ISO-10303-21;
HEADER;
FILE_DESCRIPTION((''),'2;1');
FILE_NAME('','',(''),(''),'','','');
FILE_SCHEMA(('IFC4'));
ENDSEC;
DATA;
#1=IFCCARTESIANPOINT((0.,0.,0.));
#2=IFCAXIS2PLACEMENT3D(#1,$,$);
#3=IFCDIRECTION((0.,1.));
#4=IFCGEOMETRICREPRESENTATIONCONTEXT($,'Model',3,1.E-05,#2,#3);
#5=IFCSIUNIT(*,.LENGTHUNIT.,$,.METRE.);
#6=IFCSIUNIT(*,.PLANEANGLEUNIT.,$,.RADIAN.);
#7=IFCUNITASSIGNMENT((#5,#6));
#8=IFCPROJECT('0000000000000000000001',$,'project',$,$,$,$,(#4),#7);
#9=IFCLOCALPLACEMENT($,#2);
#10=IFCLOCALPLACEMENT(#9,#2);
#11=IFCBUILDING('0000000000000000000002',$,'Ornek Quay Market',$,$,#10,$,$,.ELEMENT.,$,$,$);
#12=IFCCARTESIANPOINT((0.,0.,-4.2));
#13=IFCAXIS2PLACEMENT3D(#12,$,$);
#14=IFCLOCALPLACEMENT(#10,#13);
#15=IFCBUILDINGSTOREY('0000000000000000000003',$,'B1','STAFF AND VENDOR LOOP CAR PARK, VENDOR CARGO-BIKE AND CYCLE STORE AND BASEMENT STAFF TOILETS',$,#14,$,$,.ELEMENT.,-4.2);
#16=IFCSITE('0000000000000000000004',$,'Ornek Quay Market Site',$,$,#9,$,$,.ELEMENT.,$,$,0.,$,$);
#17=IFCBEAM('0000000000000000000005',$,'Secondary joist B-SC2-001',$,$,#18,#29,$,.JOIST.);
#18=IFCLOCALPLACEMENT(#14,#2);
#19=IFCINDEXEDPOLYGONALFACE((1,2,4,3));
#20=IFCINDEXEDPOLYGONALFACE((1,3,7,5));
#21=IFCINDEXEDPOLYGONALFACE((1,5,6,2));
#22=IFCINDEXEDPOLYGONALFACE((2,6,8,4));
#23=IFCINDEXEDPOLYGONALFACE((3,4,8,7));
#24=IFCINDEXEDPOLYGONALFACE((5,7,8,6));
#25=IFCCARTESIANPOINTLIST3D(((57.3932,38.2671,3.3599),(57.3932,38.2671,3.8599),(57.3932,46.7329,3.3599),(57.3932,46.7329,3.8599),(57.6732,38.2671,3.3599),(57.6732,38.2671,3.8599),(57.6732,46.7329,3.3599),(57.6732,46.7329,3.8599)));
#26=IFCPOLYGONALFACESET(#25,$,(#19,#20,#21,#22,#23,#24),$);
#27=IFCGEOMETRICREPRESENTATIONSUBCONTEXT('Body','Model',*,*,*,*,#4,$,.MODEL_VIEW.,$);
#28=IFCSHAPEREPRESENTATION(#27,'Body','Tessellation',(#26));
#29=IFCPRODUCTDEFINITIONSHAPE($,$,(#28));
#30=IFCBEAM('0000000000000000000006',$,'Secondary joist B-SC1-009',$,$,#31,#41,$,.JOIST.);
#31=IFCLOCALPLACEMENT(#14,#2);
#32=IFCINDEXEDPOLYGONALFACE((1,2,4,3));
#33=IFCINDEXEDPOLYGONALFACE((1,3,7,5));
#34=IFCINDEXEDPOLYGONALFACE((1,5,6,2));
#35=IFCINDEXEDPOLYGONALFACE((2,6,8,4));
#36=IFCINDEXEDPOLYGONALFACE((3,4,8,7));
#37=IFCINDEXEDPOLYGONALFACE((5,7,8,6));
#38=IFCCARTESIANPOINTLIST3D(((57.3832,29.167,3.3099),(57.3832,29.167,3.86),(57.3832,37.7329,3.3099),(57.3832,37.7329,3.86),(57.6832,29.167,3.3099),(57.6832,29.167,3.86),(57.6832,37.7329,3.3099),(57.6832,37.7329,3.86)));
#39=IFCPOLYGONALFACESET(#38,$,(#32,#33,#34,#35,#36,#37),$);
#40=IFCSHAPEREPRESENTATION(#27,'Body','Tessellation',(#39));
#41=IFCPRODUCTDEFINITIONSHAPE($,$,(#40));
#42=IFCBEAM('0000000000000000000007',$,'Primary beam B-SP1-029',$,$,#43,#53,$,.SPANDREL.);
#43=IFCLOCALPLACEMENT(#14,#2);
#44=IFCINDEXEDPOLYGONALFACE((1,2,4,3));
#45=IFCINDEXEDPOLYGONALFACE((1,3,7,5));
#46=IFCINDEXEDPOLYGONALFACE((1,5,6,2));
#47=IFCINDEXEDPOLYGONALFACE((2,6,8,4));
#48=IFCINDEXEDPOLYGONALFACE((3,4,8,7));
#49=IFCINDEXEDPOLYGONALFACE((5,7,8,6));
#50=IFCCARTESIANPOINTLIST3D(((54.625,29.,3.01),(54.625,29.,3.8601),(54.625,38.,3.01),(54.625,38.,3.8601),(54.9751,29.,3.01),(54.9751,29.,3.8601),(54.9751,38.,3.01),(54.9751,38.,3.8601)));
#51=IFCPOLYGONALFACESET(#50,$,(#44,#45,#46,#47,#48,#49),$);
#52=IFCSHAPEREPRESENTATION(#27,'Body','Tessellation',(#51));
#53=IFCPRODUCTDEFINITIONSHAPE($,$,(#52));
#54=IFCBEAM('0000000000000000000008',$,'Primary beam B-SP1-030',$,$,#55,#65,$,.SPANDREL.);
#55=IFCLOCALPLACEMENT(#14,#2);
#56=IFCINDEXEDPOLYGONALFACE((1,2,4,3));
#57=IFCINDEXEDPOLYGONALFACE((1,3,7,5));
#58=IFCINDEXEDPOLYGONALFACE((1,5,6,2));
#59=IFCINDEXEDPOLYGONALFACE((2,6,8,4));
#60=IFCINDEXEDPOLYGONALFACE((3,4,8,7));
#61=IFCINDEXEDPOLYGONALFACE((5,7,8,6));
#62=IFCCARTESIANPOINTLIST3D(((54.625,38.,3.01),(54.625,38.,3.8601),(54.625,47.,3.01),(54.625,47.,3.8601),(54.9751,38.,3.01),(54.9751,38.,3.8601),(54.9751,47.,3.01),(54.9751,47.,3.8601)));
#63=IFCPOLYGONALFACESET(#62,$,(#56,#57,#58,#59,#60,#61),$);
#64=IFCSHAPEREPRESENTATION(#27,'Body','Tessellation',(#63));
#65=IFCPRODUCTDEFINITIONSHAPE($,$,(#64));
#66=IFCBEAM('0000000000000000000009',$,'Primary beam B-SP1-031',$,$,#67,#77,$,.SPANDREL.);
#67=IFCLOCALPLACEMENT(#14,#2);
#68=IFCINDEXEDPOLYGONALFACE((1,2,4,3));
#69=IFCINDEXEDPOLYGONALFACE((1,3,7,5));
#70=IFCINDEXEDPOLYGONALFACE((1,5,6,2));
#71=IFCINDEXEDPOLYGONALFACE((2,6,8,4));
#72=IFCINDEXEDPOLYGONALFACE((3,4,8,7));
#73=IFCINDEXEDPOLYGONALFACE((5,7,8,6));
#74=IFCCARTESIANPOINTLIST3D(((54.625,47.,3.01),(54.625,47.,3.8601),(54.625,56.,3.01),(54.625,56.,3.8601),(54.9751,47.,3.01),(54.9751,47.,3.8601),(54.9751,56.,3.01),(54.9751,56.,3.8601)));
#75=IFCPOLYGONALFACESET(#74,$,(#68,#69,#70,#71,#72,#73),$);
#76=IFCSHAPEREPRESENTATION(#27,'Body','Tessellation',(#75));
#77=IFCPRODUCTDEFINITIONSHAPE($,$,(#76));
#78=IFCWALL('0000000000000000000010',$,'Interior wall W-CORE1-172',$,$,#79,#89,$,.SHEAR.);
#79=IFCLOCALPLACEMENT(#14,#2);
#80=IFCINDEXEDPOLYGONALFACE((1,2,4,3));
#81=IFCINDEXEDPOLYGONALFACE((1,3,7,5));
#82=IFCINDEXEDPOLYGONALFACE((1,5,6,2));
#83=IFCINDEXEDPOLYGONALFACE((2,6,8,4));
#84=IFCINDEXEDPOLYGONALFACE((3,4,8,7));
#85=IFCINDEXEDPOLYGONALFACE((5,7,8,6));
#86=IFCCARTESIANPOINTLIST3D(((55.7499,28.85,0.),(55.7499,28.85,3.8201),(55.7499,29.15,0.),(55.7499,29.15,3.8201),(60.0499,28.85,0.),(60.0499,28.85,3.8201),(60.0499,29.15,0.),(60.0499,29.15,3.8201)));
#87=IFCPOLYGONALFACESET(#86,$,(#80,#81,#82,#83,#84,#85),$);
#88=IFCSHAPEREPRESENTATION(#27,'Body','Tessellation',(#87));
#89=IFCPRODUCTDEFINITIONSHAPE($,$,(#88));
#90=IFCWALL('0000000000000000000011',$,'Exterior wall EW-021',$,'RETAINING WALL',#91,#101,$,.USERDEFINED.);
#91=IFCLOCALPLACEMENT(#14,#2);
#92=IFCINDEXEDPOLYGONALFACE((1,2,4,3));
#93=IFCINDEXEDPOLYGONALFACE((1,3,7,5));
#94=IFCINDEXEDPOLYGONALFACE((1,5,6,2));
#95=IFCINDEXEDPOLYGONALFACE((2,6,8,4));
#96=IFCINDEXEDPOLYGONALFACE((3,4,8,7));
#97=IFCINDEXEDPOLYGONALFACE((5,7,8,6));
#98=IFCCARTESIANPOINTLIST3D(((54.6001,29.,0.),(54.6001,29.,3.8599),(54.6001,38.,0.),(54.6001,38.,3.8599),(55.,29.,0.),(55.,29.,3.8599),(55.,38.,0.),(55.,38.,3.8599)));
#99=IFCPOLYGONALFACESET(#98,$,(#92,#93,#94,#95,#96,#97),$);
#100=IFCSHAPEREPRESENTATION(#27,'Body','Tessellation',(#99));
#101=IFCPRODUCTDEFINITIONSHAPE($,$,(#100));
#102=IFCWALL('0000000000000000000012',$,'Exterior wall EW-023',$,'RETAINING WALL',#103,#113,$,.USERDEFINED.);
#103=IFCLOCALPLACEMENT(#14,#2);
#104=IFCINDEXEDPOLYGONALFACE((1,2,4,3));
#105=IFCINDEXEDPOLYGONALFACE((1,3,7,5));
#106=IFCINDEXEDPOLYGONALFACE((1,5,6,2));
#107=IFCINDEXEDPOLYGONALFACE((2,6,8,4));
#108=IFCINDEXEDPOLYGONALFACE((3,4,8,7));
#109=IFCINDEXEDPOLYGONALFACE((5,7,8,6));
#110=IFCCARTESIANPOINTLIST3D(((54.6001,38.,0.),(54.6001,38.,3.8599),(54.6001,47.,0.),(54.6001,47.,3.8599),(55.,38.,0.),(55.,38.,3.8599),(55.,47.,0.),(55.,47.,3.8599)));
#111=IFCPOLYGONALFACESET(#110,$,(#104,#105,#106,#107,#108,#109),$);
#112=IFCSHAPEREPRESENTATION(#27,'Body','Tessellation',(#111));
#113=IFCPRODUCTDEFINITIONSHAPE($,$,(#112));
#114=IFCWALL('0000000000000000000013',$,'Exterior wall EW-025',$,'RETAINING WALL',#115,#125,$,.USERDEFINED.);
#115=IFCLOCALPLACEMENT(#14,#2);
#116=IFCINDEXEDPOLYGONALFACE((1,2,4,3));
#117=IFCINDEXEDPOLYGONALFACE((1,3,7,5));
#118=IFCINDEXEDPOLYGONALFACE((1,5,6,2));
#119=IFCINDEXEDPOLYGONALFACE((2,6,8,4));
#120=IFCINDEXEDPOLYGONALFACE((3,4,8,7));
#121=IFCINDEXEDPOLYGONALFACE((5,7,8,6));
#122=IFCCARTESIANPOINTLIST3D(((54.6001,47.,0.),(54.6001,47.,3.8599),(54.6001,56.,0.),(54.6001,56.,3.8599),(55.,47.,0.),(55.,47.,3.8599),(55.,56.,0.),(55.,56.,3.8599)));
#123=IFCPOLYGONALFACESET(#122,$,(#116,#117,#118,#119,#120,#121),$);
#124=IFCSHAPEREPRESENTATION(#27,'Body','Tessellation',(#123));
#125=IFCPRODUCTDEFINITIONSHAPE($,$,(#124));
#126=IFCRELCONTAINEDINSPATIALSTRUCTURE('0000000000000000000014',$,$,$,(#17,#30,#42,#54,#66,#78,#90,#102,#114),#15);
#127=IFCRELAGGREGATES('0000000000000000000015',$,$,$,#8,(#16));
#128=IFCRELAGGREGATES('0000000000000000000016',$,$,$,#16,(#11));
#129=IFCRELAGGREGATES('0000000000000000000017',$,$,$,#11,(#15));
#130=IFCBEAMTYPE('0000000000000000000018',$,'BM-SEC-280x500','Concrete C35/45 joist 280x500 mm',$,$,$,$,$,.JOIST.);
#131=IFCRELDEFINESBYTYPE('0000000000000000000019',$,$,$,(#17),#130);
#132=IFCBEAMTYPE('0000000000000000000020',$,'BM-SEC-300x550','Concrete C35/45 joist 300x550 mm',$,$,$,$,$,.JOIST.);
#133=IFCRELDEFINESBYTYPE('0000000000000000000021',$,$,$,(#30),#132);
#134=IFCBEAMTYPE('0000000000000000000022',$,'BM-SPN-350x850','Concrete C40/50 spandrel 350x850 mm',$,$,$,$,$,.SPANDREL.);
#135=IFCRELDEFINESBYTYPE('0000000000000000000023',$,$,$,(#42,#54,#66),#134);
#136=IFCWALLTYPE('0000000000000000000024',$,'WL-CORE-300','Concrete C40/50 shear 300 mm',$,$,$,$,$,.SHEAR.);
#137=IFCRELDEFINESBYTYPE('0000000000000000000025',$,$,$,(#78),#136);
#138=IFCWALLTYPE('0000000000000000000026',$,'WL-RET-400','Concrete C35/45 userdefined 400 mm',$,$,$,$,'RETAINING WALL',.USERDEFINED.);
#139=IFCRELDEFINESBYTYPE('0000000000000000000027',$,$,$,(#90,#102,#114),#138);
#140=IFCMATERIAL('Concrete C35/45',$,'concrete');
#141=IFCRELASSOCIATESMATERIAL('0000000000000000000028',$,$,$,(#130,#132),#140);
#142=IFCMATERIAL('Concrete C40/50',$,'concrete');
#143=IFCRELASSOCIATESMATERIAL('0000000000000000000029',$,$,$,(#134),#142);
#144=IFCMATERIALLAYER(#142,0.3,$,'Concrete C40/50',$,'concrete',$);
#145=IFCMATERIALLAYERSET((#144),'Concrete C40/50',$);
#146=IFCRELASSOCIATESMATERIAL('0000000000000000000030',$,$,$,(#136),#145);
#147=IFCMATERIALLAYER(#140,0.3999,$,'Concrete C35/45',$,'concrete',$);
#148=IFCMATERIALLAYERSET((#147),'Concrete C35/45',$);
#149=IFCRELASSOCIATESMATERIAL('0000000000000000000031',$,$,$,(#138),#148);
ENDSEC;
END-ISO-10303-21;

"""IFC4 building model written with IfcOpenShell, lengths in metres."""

from ifc_helpers import new_model, si_unit, direction, frame, frame_2d, origin, origin_2d, place, context, subcontext, project, spatial, rectangle, extrude, material, layer, layer_set, material_profile, profile_set, type_object, element, save


model = new_model("IFC4")

# Units and contexts
model_context = context("Model", 3, precision=1e-05, world=origin(), true_north=direction((0.0, 1.0)))
body_context = subcontext(model_context, "Body", "Model", "MODEL_VIEW")
ifc_project = project(units=[si_unit("LENGTHUNIT", "METRE"), si_unit("PLANEANGLEUNIT", "RADIAN")], contexts=[model_context])

# Site, building, storey
site_placement = place(None, origin())
site = spatial("IfcSite", under=ifc_project, at=site_placement, Name="Ornek Quay Market Site", CompositionType="ELEMENT", RefElevation=0.0)
building_placement = place(site_placement, origin())
building = spatial("IfcBuilding", under=site, at=building_placement, Name="Ornek Quay Market", CompositionType="ELEMENT")
storey_placement = place(building_placement, frame((0.0, 0.0, -4.2)))
storey = spatial("IfcBuildingStorey", under=building, at=storey_placement, Name="B1", Description="STAFF AND VENDOR LOOP CAR PARK, VENDOR CARGO-BIKE AND CYCLE STORE AND BASEMENT STAFF TOILETS", CompositionType="ELEMENT", Elevation=-4.2)

# Shared definitions
ifc_material_1 = material(Name="Concrete C35/45", Category="concrete")

# Shared definitions
ifc_material_2 = material(Name="Concrete C40/50", Category="concrete")

# Beams
ifc_material_profile_1 = material_profile(ifc_material_1, rectangle(XDim=0.28, YDim=0.5, at=origin_2d()), Name="RC 280x500", Category="concrete")
ifc_profile_set_1 = profile_set([ifc_material_profile_1], Name="Concrete C35/45")
beam_type_1 = type_object("IfcBeamType", Name="BM-SEC-280x500", Description="Concrete C35/45 joist 280x500 mm", PredefinedType="JOIST", material=ifc_profile_set_1)
beam_1_placement = place(storey_placement, frame((57.5332, 38.2671, 3.6099), z_axis=(0.0, 1.0, 0.0), x_axis=(-1.0, 0.0, 0.0)))
element("IfcBeam", 1, at=beam_1_placement, inside=storey, type_object=beam_type_1, Name="Secondary joist B-SC2-001", PredefinedType="JOIST", context=body_context, shape_type="SweptSolid", body=[
    extrude(rectangle(XDim=0.28, YDim=0.5, at=origin_2d()), origin(), (0.0, 0.0, 1.0), 8.4658),
])
ifc_material_profile_2 = material_profile(ifc_material_1, rectangle(XDim=0.3, YDim=0.55, at=origin_2d()), Name="RC 300x550", Category="concrete")
ifc_profile_set_2 = profile_set([ifc_material_profile_2], Name="Concrete C35/45")
beam_type_2 = type_object("IfcBeamType", Name="BM-SEC-300x550", Description="Concrete C35/45 joist 300x550 mm", PredefinedType="JOIST", material=ifc_profile_set_2)
beam_2_placement = place(storey_placement, frame((57.5332, 29.167, 3.585), z_axis=(0.0, 1.0, 0.0), x_axis=(-1.0, 0.0, 0.0)))
element("IfcBeam", 2, at=beam_2_placement, inside=storey, type_object=beam_type_2, Name="Secondary joist B-SC1-009", PredefinedType="JOIST", context=body_context, shape_type="SweptSolid", body=[
    extrude(rectangle(XDim=0.3, YDim=0.55, at=origin_2d()), origin(), (0.0, 0.0, 1.0), 8.5659),
])
ifc_material_profile_3 = material_profile(ifc_material_2, rectangle(XDim=0.3501, YDim=0.8501, at=origin_2d()), Name="RC 350x850", Category="concrete")
ifc_profile_set_3 = profile_set([ifc_material_profile_3], Name="Concrete C40/50")
beam_type_3 = type_object("IfcBeamType", Name="BM-SPN-350x850", Description="Concrete C40/50 spandrel 350x850 mm", PredefinedType="SPANDREL", material=ifc_profile_set_3)
for number, where, z_axis, x_axis, name in (
    (3, (54.8, 29.0, 3.4351), (0.0, 1.0, 0.0), (-1.0, 0.0, 0.0), "Primary beam B-SP1-029"),
    (4, (54.8, 38.0, 3.4351), (0.0, 1.0, 0.0), (-1.0, 0.0, 0.0), "Primary beam B-SP1-030"),
    (5, (54.8, 47.0, 3.4351), (0.0, 1.0, 0.0), (-1.0, 0.0, 0.0), "Primary beam B-SP1-031"),
):
    element("IfcBeam", number, at=place(storey_placement, frame(where, z_axis=z_axis, x_axis=x_axis)), inside=storey, type_object=beam_type_3, Name=name, PredefinedType="SPANDREL", context=body_context, shape_type="SweptSolid", body=[
        extrude(rectangle(XDim=0.3501, YDim=0.8501, at=origin_2d()), origin(), (0.0, 0.0, 1.0), 9.0),
    ])

# Walls
ifc_layer_1 = layer(ifc_material_2, 0.3, Name="Concrete C40/50", Category="concrete")
ifc_layer_set_1 = layer_set([ifc_layer_1], Name="Concrete C40/50")
wall_type_1 = type_object("IfcWallType", Name="WL-CORE-300", Description="Concrete C40/50 shear 300 mm", PredefinedType="SHEAR", material=ifc_layer_set_1)
wall_placement = place(storey_placement, frame((55.75, 29.0, 0.0), z_axis=(0.0, 0.0, 1.0), x_axis=(1.0, 0.0, 0.0)))
element("IfcWall", 6, at=wall_placement, inside=storey, type_object=wall_type_1, Name="Interior wall W-CORE1-172", PredefinedType="SHEAR", context=body_context, shape_type="SweptSolid", body=[
    extrude(rectangle(XDim=4.3, YDim=0.3, at=frame_2d((2.1499, 0.0))), origin(), (0.0, 0.0, 1.0), 3.8201),
])
ifc_layer_2 = layer(ifc_material_1, 0.3999, Name="Concrete C35/45", Category="concrete")
ifc_layer_set_2 = layer_set([ifc_layer_2], Name="Concrete C35/45")
wall_type_2 = type_object("IfcWallType", Name="WL-RET-400", Description="Concrete C35/45 userdefined 400 mm", ElementType="RETAINING WALL", PredefinedType="USERDEFINED", material=ifc_layer_set_2)
for number, where, z_axis, x_axis, name in (
    (7, (54.8, 29.0, 0.0), (0.0, 0.0, 1.0), (0.0, 1.0, 0.0), "Exterior wall EW-021"),
    (8, (54.8, 38.0, 0.0), (0.0, 0.0, 1.0), (0.0, 1.0, 0.0), "Exterior wall EW-023"),
    (9, (54.8, 47.0, 0.0), (0.0, 0.0, 1.0), (0.0, 1.0, 0.0), "Exterior wall EW-025"),
):
    element("IfcWall", number, at=place(storey_placement, frame(where, z_axis=z_axis, x_axis=x_axis)), inside=storey, type_object=wall_type_2, Name=name, ObjectType="RETAINING WALL", PredefinedType="USERDEFINED", context=body_context, shape_type="SweptSolid", body=[
        extrude(rectangle(XDim=9.0, YDim=0.3999, at=frame_2d((4.5, 0.0))), origin(), (0.0, 0.0, 1.0), 3.8599),
    ])

save(model, "model.ifc")
